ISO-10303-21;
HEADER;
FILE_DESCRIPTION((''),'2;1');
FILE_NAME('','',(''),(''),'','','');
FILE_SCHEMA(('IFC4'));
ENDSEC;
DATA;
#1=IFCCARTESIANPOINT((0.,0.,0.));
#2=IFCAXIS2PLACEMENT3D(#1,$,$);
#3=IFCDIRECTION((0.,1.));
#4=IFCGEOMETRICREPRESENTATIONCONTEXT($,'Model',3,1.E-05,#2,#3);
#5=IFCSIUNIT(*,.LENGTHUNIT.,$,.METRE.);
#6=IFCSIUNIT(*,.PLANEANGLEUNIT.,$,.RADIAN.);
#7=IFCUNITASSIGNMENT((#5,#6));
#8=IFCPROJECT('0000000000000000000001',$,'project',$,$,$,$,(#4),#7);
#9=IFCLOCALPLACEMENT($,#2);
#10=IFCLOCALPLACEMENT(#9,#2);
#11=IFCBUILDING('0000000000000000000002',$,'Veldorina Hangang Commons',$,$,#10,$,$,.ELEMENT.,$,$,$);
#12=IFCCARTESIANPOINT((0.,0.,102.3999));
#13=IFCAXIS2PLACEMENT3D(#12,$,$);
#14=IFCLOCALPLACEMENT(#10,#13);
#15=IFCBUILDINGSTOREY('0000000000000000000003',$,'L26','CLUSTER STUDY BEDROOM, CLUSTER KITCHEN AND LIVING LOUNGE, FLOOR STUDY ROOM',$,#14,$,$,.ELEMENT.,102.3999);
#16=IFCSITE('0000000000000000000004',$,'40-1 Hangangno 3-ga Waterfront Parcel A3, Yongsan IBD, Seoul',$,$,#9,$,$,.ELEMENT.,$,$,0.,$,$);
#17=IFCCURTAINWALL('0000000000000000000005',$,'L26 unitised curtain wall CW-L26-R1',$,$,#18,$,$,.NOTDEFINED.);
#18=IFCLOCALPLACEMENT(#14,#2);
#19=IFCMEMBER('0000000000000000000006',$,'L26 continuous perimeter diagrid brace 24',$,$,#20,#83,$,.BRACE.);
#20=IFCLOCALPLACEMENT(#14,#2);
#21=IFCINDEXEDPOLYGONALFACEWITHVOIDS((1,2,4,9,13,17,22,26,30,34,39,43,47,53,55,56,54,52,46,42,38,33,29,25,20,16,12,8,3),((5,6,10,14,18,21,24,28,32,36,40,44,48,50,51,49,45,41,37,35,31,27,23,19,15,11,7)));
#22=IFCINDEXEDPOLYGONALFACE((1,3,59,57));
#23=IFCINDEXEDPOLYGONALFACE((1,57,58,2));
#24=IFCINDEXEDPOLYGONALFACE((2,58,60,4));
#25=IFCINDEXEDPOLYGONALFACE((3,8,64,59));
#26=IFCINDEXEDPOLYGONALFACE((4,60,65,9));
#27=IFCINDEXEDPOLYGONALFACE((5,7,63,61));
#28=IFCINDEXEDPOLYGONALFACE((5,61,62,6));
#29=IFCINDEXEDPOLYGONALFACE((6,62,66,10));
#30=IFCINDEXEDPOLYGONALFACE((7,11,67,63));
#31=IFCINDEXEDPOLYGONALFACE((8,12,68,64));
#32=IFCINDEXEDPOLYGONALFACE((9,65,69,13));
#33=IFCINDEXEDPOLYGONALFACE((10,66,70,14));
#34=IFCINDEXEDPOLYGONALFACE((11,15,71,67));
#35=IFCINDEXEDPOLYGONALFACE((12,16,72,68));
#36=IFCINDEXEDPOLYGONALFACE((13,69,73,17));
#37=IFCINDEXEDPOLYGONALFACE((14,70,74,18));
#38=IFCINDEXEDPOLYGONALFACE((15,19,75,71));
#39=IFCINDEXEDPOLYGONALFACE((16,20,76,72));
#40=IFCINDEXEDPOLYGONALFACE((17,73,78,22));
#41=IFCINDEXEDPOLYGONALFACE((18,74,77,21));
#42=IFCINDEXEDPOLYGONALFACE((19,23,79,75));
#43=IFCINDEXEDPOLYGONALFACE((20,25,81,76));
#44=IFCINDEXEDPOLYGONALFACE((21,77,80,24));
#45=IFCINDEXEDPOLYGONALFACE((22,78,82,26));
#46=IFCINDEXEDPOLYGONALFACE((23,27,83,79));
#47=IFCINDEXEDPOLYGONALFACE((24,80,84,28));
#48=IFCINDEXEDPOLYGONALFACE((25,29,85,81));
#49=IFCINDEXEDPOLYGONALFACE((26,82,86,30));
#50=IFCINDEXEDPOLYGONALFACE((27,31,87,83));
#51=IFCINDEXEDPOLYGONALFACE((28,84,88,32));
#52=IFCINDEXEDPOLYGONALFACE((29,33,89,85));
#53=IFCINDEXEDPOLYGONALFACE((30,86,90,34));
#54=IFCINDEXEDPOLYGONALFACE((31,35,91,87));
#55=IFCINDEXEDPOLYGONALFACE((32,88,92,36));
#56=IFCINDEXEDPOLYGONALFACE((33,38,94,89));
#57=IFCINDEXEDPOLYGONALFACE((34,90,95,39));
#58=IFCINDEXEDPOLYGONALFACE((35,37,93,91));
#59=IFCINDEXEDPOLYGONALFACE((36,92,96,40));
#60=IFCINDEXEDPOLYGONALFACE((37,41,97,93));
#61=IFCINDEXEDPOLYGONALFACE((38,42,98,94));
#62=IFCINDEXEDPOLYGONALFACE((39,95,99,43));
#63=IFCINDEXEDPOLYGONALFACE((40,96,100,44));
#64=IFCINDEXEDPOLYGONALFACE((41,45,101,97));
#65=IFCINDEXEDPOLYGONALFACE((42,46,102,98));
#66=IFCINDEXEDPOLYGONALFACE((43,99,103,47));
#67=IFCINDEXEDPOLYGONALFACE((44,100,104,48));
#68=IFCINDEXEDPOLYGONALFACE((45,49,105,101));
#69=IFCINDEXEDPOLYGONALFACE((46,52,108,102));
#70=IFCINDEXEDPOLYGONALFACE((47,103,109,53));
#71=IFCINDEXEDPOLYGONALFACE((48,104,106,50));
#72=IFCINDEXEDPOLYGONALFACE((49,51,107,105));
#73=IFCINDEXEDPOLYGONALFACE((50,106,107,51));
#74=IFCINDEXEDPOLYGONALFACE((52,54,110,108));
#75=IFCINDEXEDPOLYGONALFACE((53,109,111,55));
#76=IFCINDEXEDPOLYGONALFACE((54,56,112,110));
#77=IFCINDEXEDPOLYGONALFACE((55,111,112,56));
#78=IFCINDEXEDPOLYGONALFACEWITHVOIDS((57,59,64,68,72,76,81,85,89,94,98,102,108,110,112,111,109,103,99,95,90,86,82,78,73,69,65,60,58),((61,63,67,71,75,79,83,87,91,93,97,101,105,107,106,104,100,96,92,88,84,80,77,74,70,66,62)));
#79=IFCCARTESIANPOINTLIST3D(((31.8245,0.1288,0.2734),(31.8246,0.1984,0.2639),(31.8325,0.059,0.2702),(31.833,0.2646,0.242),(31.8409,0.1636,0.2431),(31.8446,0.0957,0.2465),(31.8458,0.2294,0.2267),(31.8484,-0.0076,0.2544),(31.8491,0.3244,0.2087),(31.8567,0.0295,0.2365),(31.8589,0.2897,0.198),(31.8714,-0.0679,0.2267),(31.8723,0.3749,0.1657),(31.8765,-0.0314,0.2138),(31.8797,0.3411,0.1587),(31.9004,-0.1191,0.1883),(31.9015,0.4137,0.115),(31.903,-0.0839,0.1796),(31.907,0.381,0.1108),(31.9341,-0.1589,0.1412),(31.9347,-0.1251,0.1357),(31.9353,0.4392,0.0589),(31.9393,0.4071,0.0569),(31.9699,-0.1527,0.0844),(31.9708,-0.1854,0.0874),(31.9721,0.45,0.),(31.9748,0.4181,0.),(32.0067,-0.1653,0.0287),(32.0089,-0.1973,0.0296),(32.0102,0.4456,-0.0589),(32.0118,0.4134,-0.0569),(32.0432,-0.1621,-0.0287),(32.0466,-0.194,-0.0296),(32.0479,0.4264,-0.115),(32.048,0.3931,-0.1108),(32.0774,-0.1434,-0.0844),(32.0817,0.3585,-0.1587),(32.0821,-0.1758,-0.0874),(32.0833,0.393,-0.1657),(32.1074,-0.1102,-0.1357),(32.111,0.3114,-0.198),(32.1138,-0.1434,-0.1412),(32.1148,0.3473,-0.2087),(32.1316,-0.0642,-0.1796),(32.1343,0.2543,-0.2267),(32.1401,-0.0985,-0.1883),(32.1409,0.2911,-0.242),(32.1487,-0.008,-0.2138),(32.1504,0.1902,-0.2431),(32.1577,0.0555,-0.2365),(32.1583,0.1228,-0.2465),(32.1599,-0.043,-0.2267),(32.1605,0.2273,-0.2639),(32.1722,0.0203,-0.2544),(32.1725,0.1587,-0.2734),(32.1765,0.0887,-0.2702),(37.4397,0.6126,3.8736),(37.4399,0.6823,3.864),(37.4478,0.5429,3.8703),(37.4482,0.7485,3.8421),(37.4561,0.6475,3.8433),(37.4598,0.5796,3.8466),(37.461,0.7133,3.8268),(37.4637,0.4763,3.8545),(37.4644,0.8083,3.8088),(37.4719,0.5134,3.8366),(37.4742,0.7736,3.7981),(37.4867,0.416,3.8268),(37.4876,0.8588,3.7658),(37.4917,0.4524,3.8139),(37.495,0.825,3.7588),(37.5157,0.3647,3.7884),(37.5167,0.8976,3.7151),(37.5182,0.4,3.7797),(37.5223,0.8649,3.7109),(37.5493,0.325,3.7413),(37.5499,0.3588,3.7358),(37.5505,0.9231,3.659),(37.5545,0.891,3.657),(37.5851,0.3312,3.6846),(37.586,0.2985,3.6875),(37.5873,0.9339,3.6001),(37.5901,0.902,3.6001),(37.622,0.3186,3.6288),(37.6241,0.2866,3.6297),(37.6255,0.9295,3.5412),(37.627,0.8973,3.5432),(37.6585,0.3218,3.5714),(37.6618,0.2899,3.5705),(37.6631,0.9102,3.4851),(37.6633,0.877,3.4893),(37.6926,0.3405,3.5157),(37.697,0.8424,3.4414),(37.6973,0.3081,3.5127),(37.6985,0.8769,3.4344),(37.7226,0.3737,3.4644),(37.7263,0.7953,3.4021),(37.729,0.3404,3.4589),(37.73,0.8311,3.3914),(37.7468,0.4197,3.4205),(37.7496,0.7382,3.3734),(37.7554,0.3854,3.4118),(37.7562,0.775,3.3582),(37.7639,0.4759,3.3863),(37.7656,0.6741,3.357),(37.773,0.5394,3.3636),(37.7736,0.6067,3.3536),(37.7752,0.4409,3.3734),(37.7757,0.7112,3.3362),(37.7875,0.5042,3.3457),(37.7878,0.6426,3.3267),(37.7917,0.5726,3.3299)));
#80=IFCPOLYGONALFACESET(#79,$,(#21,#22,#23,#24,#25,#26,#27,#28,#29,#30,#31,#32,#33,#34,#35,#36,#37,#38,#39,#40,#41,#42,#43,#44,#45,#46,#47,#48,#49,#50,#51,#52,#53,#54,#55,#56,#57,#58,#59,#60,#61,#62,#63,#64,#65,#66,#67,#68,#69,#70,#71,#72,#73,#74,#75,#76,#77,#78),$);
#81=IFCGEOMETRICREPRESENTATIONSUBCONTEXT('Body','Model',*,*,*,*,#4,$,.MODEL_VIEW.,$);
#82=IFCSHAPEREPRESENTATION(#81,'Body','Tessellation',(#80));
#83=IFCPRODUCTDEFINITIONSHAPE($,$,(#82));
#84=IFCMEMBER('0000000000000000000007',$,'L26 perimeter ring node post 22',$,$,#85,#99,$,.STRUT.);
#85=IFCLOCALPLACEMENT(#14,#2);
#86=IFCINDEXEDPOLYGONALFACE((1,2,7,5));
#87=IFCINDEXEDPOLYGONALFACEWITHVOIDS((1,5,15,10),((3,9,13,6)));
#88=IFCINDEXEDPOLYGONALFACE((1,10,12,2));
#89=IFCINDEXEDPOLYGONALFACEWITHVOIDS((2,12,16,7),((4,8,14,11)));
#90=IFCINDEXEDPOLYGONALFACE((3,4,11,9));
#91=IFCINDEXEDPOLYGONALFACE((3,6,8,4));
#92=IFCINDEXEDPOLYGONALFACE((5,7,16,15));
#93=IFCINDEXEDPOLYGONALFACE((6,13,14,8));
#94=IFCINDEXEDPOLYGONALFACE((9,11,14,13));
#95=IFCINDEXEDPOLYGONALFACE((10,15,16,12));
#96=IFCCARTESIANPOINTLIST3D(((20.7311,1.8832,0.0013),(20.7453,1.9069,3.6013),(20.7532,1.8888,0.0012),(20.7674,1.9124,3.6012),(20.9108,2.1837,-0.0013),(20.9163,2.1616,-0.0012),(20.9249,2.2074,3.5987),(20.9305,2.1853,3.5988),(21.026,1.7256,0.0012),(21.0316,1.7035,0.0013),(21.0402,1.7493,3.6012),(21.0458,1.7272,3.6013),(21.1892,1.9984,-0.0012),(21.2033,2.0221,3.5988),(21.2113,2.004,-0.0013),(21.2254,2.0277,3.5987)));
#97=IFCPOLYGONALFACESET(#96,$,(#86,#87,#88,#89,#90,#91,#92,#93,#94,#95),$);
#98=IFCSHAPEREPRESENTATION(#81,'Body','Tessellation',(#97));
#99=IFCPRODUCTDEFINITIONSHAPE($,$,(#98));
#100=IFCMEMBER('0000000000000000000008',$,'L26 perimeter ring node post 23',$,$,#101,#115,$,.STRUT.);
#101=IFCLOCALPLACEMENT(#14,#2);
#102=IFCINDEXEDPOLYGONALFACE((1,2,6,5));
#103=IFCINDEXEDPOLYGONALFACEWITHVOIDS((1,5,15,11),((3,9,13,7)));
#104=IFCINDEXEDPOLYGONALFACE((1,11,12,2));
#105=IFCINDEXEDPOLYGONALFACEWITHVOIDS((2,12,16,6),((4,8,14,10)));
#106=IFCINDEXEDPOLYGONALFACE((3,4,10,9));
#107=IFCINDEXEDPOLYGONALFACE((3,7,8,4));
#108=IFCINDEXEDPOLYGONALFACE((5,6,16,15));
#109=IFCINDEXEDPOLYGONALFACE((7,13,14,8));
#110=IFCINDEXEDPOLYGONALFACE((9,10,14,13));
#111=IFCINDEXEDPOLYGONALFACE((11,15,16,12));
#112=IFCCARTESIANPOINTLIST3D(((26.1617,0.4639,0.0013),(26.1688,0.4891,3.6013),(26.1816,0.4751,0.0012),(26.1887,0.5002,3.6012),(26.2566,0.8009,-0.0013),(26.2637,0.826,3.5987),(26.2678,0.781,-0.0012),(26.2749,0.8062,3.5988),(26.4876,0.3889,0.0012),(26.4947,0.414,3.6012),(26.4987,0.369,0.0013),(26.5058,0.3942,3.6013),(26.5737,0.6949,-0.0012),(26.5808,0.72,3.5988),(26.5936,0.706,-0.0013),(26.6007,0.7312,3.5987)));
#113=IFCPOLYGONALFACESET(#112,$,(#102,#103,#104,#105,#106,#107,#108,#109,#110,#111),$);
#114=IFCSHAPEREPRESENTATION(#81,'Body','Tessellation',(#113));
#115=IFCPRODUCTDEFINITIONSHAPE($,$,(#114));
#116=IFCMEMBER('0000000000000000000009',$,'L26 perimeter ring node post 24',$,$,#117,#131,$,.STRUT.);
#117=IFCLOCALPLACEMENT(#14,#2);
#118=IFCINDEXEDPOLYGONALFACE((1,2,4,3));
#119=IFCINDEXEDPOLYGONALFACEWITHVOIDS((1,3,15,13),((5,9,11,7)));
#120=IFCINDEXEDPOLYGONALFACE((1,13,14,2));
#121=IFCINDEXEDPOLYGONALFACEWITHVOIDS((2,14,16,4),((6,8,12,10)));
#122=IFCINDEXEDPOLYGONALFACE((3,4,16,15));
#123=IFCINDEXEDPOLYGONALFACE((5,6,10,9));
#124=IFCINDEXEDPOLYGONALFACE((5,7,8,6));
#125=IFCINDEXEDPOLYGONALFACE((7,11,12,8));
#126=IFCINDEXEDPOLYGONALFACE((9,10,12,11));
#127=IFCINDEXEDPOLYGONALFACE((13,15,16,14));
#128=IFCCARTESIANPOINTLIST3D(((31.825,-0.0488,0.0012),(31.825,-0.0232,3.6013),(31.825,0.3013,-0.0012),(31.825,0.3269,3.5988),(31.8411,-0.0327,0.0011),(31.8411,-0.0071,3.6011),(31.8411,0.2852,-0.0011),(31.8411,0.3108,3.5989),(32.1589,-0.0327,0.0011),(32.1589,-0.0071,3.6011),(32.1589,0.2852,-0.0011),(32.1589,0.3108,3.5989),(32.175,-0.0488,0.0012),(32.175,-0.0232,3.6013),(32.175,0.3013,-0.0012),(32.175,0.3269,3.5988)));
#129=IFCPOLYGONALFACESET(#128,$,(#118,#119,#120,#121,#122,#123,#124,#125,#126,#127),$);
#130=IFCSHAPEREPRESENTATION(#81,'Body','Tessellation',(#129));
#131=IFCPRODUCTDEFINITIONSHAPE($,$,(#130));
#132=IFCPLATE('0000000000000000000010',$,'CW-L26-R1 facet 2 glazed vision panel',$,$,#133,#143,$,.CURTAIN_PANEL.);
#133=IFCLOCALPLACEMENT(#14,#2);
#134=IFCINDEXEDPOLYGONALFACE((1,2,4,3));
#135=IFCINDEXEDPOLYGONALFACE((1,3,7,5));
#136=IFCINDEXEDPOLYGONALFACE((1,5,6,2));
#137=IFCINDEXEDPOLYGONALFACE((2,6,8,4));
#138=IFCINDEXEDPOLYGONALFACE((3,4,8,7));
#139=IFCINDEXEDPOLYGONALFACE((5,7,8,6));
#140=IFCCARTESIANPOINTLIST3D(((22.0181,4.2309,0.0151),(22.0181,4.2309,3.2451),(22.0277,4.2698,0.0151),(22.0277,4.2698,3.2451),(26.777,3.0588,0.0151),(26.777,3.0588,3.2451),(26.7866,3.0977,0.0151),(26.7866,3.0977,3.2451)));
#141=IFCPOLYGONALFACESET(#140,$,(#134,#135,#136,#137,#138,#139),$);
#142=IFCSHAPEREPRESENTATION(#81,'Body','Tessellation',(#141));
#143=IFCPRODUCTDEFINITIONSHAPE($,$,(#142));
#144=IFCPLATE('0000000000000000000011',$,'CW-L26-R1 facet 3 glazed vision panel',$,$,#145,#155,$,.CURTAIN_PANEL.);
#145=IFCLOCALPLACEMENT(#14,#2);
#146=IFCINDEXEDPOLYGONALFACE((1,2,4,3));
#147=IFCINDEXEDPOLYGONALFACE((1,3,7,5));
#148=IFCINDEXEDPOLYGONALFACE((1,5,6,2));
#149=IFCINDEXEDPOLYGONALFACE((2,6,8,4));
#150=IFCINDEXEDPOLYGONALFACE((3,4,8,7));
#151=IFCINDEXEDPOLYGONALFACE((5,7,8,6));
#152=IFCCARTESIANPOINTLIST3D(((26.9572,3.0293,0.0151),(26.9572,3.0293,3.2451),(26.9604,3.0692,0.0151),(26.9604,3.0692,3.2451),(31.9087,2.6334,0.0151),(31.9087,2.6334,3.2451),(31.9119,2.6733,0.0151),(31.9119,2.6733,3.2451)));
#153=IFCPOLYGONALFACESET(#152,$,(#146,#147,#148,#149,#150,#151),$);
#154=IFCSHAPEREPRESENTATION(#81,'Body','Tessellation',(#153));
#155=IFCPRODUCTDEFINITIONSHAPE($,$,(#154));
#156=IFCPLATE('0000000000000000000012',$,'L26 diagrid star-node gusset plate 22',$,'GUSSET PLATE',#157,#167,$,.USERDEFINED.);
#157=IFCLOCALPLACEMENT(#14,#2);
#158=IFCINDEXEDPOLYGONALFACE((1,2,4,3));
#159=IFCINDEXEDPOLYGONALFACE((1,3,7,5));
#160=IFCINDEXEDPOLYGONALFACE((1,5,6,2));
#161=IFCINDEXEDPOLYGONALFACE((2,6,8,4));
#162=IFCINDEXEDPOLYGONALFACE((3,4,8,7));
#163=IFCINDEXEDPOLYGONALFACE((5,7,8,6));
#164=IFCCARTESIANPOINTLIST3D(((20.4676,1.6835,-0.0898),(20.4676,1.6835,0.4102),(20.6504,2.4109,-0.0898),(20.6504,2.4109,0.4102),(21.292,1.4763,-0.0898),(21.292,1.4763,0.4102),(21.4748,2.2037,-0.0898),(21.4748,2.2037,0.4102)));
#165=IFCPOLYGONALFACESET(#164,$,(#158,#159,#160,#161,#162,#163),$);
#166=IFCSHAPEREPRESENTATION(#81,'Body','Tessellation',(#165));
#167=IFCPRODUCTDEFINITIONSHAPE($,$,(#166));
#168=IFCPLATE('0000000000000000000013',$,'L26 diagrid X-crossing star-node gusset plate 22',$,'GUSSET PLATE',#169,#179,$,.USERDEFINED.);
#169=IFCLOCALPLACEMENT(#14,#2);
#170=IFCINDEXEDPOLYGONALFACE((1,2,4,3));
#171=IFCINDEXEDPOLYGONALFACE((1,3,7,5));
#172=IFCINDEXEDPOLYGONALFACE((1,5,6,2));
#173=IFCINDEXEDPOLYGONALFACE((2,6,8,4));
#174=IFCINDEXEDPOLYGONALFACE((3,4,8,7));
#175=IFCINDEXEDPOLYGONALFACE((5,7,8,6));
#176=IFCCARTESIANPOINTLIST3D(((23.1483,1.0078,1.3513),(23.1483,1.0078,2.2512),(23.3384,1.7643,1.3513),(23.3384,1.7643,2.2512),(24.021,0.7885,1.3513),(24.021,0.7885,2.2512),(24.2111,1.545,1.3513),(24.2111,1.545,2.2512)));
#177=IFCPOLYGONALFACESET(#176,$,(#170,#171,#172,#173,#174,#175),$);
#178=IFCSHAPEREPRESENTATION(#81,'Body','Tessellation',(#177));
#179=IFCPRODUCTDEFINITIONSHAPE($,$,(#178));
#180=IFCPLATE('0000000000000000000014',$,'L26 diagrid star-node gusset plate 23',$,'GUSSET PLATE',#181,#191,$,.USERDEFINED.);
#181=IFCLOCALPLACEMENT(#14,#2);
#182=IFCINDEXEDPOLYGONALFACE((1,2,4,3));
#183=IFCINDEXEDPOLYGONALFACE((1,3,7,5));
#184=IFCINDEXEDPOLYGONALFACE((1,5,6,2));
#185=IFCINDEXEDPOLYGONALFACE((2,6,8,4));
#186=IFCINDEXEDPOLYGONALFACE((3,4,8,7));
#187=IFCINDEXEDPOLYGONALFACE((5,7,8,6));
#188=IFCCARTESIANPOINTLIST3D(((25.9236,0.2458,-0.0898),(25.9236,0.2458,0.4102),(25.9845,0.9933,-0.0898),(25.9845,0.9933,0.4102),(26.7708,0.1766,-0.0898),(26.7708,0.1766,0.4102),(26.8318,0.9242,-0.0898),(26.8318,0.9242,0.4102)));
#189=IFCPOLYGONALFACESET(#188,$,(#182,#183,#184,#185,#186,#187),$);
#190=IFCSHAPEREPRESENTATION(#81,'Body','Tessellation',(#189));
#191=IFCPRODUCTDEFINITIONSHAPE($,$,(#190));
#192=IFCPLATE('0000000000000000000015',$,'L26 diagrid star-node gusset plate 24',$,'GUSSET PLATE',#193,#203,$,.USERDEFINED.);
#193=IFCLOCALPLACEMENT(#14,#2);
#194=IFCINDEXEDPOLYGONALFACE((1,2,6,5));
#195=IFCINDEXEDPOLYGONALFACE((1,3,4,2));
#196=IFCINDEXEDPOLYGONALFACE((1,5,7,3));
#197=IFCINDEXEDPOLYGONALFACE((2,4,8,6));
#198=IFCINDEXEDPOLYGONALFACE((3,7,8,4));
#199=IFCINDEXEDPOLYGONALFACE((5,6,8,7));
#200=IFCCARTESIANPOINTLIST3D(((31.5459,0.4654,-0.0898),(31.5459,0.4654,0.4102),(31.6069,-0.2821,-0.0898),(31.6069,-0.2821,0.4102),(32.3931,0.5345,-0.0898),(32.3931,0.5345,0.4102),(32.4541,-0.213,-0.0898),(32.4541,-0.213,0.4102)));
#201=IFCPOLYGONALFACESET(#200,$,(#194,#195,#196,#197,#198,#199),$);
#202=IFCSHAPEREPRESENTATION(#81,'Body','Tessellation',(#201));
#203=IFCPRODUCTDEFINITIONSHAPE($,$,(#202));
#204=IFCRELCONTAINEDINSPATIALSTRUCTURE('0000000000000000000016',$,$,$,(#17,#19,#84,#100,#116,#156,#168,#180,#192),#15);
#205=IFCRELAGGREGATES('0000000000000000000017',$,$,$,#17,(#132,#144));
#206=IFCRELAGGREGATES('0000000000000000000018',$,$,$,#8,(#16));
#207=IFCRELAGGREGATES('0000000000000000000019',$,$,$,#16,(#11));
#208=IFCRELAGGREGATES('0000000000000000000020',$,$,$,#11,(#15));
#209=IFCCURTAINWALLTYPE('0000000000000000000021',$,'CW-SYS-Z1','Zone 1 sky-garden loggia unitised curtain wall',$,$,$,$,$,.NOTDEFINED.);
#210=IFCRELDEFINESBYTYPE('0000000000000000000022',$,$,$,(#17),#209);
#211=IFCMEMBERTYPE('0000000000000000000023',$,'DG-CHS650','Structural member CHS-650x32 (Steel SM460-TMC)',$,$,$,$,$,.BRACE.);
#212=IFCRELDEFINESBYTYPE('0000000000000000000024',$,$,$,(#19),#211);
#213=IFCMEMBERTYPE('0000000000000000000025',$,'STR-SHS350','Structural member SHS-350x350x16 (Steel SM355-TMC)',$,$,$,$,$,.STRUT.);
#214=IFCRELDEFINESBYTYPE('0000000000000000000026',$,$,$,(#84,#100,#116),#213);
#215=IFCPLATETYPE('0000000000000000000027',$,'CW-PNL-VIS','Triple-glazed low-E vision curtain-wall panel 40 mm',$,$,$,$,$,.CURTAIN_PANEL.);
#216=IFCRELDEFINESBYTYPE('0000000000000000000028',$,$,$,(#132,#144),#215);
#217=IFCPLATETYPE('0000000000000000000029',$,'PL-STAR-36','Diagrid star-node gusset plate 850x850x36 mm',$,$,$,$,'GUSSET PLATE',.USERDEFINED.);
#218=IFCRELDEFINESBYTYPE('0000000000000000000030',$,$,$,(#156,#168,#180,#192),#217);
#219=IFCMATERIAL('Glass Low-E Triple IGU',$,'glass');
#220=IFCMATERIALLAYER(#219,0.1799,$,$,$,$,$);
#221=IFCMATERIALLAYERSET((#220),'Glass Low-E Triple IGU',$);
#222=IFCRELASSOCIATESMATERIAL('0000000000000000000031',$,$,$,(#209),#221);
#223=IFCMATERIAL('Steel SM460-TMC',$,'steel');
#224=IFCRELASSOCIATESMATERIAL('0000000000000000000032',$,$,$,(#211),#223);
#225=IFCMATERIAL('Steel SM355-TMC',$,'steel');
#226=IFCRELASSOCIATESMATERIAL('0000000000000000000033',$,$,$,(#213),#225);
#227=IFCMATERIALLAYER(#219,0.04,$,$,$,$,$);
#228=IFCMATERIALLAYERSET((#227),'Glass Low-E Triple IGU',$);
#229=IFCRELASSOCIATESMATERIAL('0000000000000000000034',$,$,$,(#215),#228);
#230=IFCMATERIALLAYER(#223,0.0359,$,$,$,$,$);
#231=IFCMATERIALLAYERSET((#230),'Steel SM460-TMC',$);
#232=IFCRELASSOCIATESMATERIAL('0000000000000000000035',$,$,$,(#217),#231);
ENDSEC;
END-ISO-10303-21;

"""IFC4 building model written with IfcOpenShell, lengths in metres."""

from ifc_helpers import new_model, si_unit, direction, frame, origin, origin_2d, place, context, subcontext, project, spatial, rectangle, hollow_rectangle, hollow_circle, extrude, material, layer, layer_set, material_profile, profile_set, type_object, element, aggregate, save


model = new_model("IFC4")

# Units and contexts
model_context = context("Model", 3, precision=1e-05, world=origin(), true_north=direction((0.0, 1.0)))
body_context = subcontext(model_context, "Body", "Model", "MODEL_VIEW")
ifc_project = project(units=[si_unit("LENGTHUNIT", "METRE"), si_unit("PLANEANGLEUNIT", "RADIAN")], contexts=[model_context])

# Site, building, storey
site_placement = place(None, origin())
site = spatial("IfcSite", under=ifc_project, at=site_placement, Name="40-1 Hangangno 3-ga Waterfront Parcel A3, Yongsan IBD, Seoul", CompositionType="ELEMENT", RefElevation=0.0)
building_placement = place(site_placement, origin())
building = spatial("IfcBuilding", under=site, at=building_placement, Name="Veldorina Hangang Commons", CompositionType="ELEMENT")
storey_placement = place(building_placement, frame((0.0, 0.0, 102.3999)))
storey = spatial("IfcBuildingStorey", under=building, at=storey_placement, Name="L26", Description="CLUSTER STUDY BEDROOM, CLUSTER KITCHEN AND LIVING LOUNGE, FLOOR STUDY ROOM", CompositionType="ELEMENT", Elevation=102.3999)

# Shared definitions
ifc_material_1 = material(Name="Steel SM355-TMC", Category="steel")

# Curtain wall
ifc_material_2 = material(Name="Glass Low-E Triple IGU", Category="glass")
ifc_layer_1 = layer(ifc_material_2, 0.1799)
ifc_layer_set_1 = layer_set([ifc_layer_1], Name="Glass Low-E Triple IGU")
curtain_wall_type = type_object("IfcCurtainWallType", Name="CW-SYS-Z1", Description="Zone 1 sky-garden loggia unitised curtain wall", PredefinedType="NOTDEFINED", material=ifc_layer_set_1)
curtain_wall_placement = place(storey_placement, origin())
curtain_wall = element("IfcCurtainWall", 1, at=curtain_wall_placement, inside=storey, type_object=curtain_wall_type, Name="L26 unitised curtain wall CW-L26-R1", PredefinedType="NOTDEFINED")

# Members
ifc_material_3 = material(Name="Steel SM460-TMC", Category="steel")
ifc_material_profile_1 = material_profile(ifc_material_3, hollow_circle(Radius=0.325, WallThickness=0.032, at=origin_2d()), Name="CHS-650x32")
ifc_profile_set_1 = profile_set([ifc_material_profile_1], Name="Steel SM460-TMC")
member_type_1 = type_object("IfcMemberType", Name="DG-CHS650", Description="Structural member CHS-650x32 (Steel SM460-TMC)", PredefinedType="BRACE", material=ifc_profile_set_1)
member_1_placement = place(storey_placement, frame((32.0, 0.1262, 0.0), z_axis=(0.839633, 0.072354, 0.538314), x_axis=(-0.085856, 0.996308, 0.0)))
element("IfcMember", 2, at=member_1_placement, inside=storey, type_object=member_type_1, Name="L26 continuous perimeter diagrid brace 24", PredefinedType="BRACE", context=body_context, shape_type="SweptSolid", body=[
    extrude(hollow_circle(Radius=0.325, WallThickness=0.032, at=origin_2d()), origin(), (0.0, 0.0, 1.0), 6.6877),
])
ifc_material_profile_2 = material_profile(ifc_material_1, hollow_rectangle(XDim=0.3501, YDim=0.3501, WallThickness=0.0161, at=origin_2d()), Name="SHS-350x350x16")
ifc_profile_set_2 = profile_set([ifc_material_profile_2], Name="Steel SM355-TMC")
member_type_2 = type_object("IfcMemberType", Name="STR-SHS350", Description="Structural member SHS-350x350x16 (Steel SM355-TMC)", PredefinedType="STRUT", material=ifc_profile_set_2)
for number, where, z_axis, x_axis, name in (
    (3, (20.9712, 1.9436, 0.0), (0.003933, 0.006578, 0.999971), (-0.858273, 0.513194, 0.0), "L26 perimeter ring node post 22"),
    (4, (26.3777, 0.585, 0.0), (0.001967, 0.006985, 0.999974), (-0.962575, 0.271016, 0.0), "L26 perimeter ring node post 23"),
    (5, (32.0, 0.1262, 0.0), (0.0, 0.00712, 0.999975), (-1.0, 0.0, 0.0), "L26 perimeter ring node post 24"),
):
    element("IfcMember", number, at=place(storey_placement, frame(where, z_axis=z_axis, x_axis=x_axis)), inside=storey, type_object=member_type_2, Name=name, PredefinedType="STRUT", context=body_context, shape_type="SweptSolid", body=[
        extrude(hollow_rectangle(XDim=0.3501, YDim=0.3501, WallThickness=0.0161, at=origin_2d()), origin(), (0.0, 0.0, 1.0), 3.6001),
    ])

# Plates
ifc_layer_2 = layer(ifc_material_2, 0.04)
ifc_layer_set_2 = layer_set([ifc_layer_2], Name="Glass Low-E Triple IGU")
plate_type_1 = type_object("IfcPlateType", Name="CW-PNL-VIS", Description="Triple-glazed low-E vision curtain-wall panel 40 mm", PredefinedType="CURTAIN_PANEL", material=ifc_layer_set_2)
plate_1_placement = place(storey_placement, frame((24.4023, 3.6643, 0.0151), z_axis=(0.0, 0.0, 1.0), x_axis=(0.97098, -0.239161, 0.0)))
plate_1 = element("IfcPlate", 6, at=plate_1_placement, type_object=plate_type_1, Name="CW-L26-R1 facet 2 glazed vision panel", PredefinedType="CURTAIN_PANEL", context=body_context, shape_type="SweptSolid", body=[
    extrude(rectangle(XDim=4.9011, YDim=0.04, at=origin_2d()), origin(), (0.0, 0.0, 1.0), 3.23),
])
plate_2_placement = place(storey_placement, frame((29.4346, 2.8513, 0.0151), z_axis=(0.0, 0.0, 1.0), x_axis=(0.996818, -0.079712, 0.0)))
plate_2 = element("IfcPlate", 7, at=plate_2_placement, type_object=plate_type_1, Name="CW-L26-R1 facet 3 glazed vision panel", PredefinedType="CURTAIN_PANEL", context=body_context, shape_type="SweptSolid", body=[
    extrude(rectangle(XDim=4.9673, YDim=0.04, at=origin_2d()), origin(), (0.0, 0.0, 1.0), 3.23),
])
aggregate(curtain_wall, [plate_1, plate_2])

# Plates
ifc_layer_3 = layer(ifc_material_3, 0.0359)
ifc_layer_set_3 = layer_set([ifc_layer_3], Name="Steel SM460-TMC")
plate_type_2 = type_object("IfcPlateType", Name="PL-STAR-36", Description="Diagrid star-node gusset plate 850x850x36 mm", ElementType="GUSSET PLATE", PredefinedType="USERDEFINED", material=ifc_layer_set_3)
plate_3_placement = place(storey_placement, frame((20.9712, 1.9436, -0.0898), z_axis=(0.0, 0.0, 1.0), x_axis=(0.969846, -0.243717, 0.0)))
element("IfcPlate", 8, at=plate_3_placement, inside=storey, type_object=plate_type_2, Name="L26 diagrid star-node gusset plate 22", ObjectType="GUSSET PLATE", PredefinedType="USERDEFINED", context=body_context, shape_type="SweptSolid", body=[
    extrude(rectangle(XDim=0.8501, YDim=0.75, at=origin_2d()), origin(), (0.0, 0.0, 1.0), 0.5),
])
plate_4_placement = place(storey_placement, frame((23.6797, 1.2764, 1.3513), z_axis=(0.0, 0.0, 1.0), x_axis=(0.969846, -0.243717, 0.0)))
element("IfcPlate", 9, at=plate_4_placement, inside=storey, type_object=plate_type_2, Name="L26 diagrid X-crossing star-node gusset plate 22", ObjectType="GUSSET PLATE", PredefinedType="USERDEFINED", context=body_context, shape_type="SweptSolid", body=[
    extrude(rectangle(XDim=0.8999, YDim=0.78, at=origin_2d()), origin(), (0.0, 0.0, 1.0), 0.8999),
])
for number, where, z_axis, x_axis, name in (
    (10, (26.3777, 0.585, -0.0898), (0.0, 0.0, 1.0), (0.996689, -0.081312, 0.0), "L26 diagrid star-node gusset plate 23"),
    (11, (32.0, 0.1262, -0.0898), (0.0, 0.0, 1.0), (0.996689, 0.081312, 0.0), "L26 diagrid star-node gusset plate 24"),
):
    element("IfcPlate", number, at=place(storey_placement, frame(where, z_axis=z_axis, x_axis=x_axis)), inside=storey, type_object=plate_type_2, Name=name, ObjectType="GUSSET PLATE", PredefinedType="USERDEFINED", context=body_context, shape_type="SweptSolid", body=[
        extrude(rectangle(XDim=0.8501, YDim=0.75, at=origin_2d()), origin(), (0.0, 0.0, 1.0), 0.5),
    ])

save(model, "model.ifc")
